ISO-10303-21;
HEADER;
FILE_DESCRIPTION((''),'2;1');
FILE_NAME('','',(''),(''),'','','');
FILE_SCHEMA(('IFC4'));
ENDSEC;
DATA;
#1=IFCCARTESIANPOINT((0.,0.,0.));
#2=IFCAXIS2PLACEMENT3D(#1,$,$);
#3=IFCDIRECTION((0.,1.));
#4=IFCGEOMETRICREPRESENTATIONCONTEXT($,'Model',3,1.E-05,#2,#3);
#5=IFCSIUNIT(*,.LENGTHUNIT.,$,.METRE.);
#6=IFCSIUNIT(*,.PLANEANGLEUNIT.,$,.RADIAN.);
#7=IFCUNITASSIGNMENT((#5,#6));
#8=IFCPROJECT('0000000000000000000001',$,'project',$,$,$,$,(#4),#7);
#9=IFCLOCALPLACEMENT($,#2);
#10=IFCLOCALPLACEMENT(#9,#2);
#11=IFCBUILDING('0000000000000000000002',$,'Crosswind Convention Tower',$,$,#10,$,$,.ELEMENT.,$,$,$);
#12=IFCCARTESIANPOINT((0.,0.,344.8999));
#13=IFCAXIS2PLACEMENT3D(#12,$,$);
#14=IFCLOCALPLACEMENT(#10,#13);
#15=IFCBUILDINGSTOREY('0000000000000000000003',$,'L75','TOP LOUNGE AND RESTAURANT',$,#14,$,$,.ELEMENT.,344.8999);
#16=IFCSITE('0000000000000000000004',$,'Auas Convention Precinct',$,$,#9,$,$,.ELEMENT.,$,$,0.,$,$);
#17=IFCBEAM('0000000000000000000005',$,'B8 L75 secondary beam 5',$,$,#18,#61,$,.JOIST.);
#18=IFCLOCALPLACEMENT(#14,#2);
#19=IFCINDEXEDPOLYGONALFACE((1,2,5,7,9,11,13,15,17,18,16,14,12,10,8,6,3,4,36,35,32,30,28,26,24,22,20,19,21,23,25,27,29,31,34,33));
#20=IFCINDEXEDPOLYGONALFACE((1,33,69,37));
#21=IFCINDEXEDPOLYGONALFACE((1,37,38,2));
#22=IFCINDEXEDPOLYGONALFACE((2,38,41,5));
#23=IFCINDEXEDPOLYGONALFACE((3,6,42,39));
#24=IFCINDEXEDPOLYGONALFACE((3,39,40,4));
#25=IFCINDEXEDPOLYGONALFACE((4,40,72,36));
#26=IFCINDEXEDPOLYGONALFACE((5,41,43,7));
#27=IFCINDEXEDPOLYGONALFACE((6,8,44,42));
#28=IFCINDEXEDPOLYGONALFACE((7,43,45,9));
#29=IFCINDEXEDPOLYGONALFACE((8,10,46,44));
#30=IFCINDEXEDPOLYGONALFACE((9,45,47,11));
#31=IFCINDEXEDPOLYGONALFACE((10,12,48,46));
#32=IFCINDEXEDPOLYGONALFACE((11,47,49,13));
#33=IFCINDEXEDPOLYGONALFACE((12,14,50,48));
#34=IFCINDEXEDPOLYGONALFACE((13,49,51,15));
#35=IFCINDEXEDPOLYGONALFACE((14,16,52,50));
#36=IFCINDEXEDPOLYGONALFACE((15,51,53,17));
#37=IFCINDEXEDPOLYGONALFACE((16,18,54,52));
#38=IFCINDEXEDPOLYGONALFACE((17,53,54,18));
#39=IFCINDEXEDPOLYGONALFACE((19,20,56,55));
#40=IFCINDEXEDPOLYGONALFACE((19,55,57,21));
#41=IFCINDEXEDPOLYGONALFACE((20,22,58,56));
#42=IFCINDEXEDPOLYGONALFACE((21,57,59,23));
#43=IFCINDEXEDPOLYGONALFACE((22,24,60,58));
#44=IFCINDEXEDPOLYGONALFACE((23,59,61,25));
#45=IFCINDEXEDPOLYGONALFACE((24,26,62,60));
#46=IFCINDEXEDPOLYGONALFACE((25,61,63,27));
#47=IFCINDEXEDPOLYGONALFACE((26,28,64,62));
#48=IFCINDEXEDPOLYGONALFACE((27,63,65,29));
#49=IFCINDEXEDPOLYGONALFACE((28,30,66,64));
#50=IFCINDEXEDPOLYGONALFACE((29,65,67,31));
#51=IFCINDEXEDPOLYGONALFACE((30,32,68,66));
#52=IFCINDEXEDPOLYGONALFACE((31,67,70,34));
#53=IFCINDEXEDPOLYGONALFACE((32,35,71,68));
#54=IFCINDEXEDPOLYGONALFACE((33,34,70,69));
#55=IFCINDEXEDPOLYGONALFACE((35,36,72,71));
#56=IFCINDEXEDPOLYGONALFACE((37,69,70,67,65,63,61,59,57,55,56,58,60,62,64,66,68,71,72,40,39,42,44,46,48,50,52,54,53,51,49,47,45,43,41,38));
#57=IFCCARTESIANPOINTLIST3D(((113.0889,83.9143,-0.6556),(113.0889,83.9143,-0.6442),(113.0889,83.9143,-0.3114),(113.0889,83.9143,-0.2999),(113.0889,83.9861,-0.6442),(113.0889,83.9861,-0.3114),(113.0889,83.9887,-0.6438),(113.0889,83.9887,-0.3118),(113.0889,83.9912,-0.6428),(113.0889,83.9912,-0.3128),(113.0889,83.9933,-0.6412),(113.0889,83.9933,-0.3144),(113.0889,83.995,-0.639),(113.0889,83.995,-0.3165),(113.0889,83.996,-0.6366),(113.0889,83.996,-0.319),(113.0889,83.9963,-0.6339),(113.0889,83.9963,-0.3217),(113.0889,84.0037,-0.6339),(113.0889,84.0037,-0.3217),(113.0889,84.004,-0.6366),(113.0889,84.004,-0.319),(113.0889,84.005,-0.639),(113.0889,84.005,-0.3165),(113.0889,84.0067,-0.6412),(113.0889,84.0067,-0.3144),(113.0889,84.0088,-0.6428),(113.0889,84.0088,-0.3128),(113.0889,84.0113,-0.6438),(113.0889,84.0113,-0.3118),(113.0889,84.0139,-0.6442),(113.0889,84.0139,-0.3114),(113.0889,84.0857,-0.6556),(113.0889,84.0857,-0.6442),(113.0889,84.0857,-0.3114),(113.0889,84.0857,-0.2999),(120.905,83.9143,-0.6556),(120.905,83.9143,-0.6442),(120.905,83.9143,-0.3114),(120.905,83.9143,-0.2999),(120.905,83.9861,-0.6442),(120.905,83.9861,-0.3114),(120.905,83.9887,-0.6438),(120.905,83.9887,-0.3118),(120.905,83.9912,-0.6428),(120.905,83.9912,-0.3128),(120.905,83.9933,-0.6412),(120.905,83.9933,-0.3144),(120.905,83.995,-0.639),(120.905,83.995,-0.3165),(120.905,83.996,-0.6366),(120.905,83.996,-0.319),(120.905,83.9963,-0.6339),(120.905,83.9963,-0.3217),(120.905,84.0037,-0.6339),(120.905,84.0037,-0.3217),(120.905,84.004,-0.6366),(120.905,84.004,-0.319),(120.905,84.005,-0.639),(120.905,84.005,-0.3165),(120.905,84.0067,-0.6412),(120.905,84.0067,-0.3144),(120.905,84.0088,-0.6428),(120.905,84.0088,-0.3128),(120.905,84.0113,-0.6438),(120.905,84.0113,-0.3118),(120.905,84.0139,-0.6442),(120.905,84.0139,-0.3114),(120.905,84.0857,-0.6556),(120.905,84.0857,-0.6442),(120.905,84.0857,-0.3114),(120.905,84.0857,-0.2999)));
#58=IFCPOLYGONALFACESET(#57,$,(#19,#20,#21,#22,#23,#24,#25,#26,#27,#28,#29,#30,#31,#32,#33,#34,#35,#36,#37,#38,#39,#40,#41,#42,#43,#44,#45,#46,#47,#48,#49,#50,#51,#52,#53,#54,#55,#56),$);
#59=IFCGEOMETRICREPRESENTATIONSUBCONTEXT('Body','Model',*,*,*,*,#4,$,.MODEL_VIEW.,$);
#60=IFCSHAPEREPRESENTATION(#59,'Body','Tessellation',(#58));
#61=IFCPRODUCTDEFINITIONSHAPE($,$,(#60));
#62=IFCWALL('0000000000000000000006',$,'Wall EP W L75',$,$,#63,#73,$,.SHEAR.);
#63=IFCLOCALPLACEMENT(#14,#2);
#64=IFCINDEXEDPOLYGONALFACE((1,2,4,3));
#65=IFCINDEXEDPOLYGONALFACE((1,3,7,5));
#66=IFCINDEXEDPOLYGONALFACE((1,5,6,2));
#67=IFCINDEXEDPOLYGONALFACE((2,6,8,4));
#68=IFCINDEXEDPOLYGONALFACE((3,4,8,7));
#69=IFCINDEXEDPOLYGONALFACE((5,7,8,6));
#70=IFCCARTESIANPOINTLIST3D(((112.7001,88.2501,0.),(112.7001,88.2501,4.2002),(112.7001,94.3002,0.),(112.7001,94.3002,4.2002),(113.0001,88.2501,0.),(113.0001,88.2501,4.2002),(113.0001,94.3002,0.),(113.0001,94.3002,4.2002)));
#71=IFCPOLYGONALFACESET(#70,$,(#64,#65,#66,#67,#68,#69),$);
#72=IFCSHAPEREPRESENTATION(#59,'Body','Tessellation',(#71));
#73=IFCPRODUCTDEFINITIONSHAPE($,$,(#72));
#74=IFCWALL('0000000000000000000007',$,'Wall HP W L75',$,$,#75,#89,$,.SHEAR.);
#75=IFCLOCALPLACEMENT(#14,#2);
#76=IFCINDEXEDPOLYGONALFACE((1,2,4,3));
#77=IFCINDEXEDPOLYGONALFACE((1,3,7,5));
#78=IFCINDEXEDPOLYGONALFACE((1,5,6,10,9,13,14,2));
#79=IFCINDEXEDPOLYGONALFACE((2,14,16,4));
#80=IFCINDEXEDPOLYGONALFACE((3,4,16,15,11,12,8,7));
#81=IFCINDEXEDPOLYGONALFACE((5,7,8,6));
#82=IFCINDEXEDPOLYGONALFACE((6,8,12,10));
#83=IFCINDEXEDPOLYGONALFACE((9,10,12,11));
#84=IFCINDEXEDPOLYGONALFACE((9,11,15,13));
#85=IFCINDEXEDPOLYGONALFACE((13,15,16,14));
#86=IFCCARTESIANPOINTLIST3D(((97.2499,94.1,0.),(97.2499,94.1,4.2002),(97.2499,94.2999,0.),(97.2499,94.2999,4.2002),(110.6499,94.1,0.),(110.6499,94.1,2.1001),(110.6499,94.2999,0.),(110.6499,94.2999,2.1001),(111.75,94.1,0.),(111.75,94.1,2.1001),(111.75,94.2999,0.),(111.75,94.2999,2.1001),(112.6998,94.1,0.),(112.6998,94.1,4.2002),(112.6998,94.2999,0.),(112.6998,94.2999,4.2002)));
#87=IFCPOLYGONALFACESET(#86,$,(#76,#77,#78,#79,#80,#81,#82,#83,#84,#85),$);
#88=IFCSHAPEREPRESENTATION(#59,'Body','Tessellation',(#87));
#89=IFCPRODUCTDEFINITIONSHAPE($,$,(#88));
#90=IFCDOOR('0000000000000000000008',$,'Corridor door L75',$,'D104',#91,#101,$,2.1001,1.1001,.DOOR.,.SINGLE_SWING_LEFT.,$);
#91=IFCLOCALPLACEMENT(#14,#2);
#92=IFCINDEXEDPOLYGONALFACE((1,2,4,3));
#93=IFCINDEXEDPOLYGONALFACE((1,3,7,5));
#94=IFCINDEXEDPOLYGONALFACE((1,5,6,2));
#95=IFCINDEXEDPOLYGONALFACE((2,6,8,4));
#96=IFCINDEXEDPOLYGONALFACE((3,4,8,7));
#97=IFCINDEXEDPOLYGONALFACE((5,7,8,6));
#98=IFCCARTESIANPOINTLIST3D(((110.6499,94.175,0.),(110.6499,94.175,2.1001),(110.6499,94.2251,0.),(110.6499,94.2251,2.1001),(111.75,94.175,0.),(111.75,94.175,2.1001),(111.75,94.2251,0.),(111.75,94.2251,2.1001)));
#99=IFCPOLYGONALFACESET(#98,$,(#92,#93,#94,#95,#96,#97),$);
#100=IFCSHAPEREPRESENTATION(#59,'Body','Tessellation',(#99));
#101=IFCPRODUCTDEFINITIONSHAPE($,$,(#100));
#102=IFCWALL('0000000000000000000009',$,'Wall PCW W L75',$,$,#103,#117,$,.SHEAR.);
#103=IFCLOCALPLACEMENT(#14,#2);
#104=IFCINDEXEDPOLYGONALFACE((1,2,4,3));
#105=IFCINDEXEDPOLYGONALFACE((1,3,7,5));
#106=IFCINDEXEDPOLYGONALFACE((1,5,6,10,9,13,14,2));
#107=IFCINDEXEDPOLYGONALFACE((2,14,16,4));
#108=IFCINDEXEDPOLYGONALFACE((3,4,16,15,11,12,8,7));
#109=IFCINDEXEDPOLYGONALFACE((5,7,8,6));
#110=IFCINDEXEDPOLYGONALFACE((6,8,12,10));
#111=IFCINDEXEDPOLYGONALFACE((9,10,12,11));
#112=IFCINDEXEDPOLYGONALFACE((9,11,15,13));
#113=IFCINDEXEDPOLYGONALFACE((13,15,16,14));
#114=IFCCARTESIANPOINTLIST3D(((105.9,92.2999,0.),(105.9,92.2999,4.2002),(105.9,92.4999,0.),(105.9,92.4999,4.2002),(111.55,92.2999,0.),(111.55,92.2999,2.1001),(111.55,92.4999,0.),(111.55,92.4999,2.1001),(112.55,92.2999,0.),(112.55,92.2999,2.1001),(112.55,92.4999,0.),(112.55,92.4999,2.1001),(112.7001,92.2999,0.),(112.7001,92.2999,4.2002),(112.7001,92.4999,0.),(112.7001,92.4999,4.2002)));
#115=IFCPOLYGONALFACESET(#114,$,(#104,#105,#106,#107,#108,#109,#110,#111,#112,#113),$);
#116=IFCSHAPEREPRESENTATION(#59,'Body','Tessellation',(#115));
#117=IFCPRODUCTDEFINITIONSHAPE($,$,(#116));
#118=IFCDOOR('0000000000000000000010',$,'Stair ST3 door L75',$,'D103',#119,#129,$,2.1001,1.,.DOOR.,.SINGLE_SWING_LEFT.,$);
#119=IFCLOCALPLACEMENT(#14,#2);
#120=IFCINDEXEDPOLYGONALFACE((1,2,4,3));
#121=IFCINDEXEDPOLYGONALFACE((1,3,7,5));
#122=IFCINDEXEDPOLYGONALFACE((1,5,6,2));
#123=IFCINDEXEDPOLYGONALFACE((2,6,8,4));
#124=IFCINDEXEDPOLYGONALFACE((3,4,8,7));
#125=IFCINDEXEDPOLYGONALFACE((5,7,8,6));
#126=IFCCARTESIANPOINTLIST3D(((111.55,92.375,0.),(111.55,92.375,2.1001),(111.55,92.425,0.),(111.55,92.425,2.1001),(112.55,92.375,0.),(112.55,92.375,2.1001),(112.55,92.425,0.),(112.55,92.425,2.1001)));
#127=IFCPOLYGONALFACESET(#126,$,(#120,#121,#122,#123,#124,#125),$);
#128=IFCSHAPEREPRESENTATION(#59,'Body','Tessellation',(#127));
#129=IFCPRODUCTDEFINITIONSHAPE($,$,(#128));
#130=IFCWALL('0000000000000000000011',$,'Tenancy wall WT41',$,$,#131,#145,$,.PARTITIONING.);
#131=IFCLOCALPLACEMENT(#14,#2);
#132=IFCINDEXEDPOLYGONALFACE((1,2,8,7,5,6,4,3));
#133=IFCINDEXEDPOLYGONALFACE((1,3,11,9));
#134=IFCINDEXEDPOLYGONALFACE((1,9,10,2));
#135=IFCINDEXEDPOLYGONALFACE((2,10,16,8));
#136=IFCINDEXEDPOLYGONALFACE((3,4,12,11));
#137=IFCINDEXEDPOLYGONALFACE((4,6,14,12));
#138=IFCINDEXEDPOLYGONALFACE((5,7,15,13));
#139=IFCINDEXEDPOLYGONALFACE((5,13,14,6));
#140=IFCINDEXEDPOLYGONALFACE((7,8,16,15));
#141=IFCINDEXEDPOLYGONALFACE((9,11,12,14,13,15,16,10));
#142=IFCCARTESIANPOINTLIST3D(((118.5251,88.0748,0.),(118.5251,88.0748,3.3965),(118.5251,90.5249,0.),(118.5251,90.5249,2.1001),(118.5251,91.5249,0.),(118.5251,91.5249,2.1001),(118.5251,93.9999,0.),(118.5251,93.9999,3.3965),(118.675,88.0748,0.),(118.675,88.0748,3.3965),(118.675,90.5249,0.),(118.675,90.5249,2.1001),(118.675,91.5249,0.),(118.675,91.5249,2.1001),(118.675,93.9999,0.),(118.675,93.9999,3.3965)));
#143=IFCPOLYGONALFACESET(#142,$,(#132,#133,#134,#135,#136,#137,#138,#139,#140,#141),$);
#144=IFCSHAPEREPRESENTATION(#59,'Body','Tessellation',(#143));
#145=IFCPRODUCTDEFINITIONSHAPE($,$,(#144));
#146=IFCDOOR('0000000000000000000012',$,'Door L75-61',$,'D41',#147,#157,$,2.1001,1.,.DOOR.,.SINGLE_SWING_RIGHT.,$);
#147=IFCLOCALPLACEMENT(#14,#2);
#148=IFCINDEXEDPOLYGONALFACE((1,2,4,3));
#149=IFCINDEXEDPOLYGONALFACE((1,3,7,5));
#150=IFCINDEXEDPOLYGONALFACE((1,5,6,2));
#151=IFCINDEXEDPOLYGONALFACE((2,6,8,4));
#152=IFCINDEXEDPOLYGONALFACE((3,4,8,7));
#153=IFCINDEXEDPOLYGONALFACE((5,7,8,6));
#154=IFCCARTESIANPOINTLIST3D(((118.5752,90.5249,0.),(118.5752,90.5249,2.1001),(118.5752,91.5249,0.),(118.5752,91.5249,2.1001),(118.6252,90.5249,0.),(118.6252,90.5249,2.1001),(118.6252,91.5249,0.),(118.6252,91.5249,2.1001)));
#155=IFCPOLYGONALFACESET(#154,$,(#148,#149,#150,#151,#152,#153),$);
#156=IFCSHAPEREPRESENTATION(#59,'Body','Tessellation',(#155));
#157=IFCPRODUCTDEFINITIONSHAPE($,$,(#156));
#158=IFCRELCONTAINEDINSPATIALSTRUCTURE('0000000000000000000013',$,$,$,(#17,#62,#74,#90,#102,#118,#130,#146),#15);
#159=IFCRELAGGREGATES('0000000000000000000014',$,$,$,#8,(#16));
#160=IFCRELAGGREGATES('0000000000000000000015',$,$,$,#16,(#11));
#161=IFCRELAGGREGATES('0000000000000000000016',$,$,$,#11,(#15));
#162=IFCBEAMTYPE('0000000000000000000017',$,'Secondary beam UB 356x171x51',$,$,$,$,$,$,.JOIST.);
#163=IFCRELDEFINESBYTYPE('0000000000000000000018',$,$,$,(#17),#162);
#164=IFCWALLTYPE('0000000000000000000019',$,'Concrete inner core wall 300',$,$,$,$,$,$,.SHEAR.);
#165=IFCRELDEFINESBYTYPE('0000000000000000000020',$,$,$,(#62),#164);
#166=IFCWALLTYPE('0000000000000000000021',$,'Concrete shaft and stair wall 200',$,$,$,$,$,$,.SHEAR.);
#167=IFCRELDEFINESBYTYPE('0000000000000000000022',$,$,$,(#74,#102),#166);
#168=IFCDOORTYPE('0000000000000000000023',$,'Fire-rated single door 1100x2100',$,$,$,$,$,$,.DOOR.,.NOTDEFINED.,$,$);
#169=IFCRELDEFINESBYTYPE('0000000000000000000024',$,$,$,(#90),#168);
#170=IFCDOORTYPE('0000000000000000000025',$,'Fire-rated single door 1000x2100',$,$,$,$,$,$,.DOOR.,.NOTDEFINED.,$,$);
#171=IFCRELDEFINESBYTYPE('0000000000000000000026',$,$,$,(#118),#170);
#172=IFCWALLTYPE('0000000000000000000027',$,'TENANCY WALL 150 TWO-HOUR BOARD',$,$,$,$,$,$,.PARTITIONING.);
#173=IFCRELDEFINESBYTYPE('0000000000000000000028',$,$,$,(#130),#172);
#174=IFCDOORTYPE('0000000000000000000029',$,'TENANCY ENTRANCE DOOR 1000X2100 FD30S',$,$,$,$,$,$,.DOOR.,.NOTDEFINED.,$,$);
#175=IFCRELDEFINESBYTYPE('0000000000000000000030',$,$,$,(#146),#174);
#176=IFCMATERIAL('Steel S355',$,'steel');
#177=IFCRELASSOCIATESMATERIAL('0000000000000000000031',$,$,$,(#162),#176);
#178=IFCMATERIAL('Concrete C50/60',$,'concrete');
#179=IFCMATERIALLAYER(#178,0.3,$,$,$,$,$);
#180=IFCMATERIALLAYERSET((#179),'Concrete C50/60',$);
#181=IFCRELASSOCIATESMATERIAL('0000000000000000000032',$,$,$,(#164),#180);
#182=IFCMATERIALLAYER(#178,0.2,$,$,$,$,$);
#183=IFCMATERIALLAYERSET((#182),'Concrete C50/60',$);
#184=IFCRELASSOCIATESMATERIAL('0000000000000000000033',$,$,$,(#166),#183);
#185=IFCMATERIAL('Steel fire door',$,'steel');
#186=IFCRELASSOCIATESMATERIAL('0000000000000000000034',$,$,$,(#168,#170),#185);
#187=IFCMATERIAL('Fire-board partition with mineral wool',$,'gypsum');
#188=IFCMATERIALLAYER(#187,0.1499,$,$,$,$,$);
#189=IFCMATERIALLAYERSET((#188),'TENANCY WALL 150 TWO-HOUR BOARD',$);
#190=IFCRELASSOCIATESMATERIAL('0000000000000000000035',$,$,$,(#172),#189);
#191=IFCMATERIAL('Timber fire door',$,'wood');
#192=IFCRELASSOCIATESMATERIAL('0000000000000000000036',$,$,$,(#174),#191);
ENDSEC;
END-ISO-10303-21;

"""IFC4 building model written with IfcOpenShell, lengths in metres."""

from ifc_helpers import new_model, si_unit, direction, frame, frame_2d, origin, origin_2d, place, context, subcontext, project, spatial, rectangle, i_section, extrude, material, layer, layer_set, material_profile, profile_set, type_object, element, fill, save


model = new_model("IFC4")

# Units and contexts
model_context = context("Model", 3, precision=1e-05, world=origin(), true_north=direction((0.0, 1.0)))
body_context = subcontext(model_context, "Body", "Model", "MODEL_VIEW")
ifc_project = project(units=[si_unit("LENGTHUNIT", "METRE"), si_unit("PLANEANGLEUNIT", "RADIAN")], contexts=[model_context])

# Site, building, storey
site_placement = place(None, origin())
site = spatial("IfcSite", under=ifc_project, at=site_placement, Name="Auas Convention Precinct", CompositionType="ELEMENT", RefElevation=0.0)
building_placement = place(site_placement, origin())
building = spatial("IfcBuilding", under=site, at=building_placement, Name="Crosswind Convention Tower", CompositionType="ELEMENT")
storey_placement = place(building_placement, frame((0.0, 0.0, 344.8999)))
storey = spatial("IfcBuildingStorey", under=building, at=storey_placement, Name="L75", Description="TOP LOUNGE AND RESTAURANT", CompositionType="ELEMENT", Elevation=344.8999)

# Beam
ifc_material_1 = material(Name="Steel S355", Category="steel")
ifc_material_profile_1 = material_profile(ifc_material_1, i_section(OverallWidth=0.1714, OverallDepth=0.3557, WebThickness=0.0073, FlangeThickness=0.0115, FilletRadius=0.0103, at=origin_2d()), Name="UB 356x171x51")
ifc_profile_set_1 = profile_set([ifc_material_profile_1], Name="Steel S355")
beam_type_1 = type_object("IfcBeamType", Name="Secondary beam UB 356x171x51", PredefinedType="JOIST", material=ifc_profile_set_1)
beam_1_placement = place(storey_placement, frame((113.0889, 84.0, -0.4778), z_axis=(1.0, 0.0, 0.0), x_axis=(0.0, 1.0, 0.0)))
element("IfcBeam", 1, at=beam_1_placement, inside=storey, type_object=beam_type_1, Name="B8 L75 secondary beam 5", PredefinedType="JOIST", context=body_context, shape_type="SweptSolid", body=[
    extrude(i_section(OverallWidth=0.1714, OverallDepth=0.3557, WebThickness=0.0073, FlangeThickness=0.0115, FilletRadius=0.0103, at=origin_2d()), origin(), (0.0, 0.0, 1.0), 7.8162),
])

# Wall
ifc_material_2 = material(Name="Concrete C50/60", Category="concrete")
ifc_layer_1 = layer(ifc_material_2, 0.3)
ifc_layer_set_1 = layer_set([ifc_layer_1], Name="Concrete C50/60")
wall_type_1 = type_object("IfcWallType", Name="Concrete inner core wall 300", PredefinedType="SHEAR", material=ifc_layer_set_1)
wall_1_placement = place(storey_placement, frame((112.8501, 94.3, 0.0), z_axis=(0.0, 0.0, 1.0), x_axis=(0.0, -1.0, 0.0)))
element("IfcWall", 2, at=wall_1_placement, inside=storey, type_object=wall_type_1, Name="Wall EP W L75", PredefinedType="SHEAR", context=body_context, shape_type="SweptSolid", body=[
    extrude(rectangle(XDim=6.05, YDim=0.3, at=frame_2d((3.0249, 0.0))), origin(), (0.0, 0.0, 1.0), 4.2002),
])

# Walls, openings, doors
ifc_layer_2 = layer(ifc_material_2, 0.2)
ifc_layer_set_2 = layer_set([ifc_layer_2], Name="Concrete C50/60")
wall_type_2 = type_object("IfcWallType", Name="Concrete shaft and stair wall 200", PredefinedType="SHEAR", material=ifc_layer_set_2)
wall_2_placement = place(storey_placement, frame((112.7, 94.2, 0.0), z_axis=(0.0, 0.0, 1.0), x_axis=(-1.0, 0.0, 0.0)))
wall_2 = element("IfcWall", 3, at=wall_2_placement, inside=storey, type_object=wall_type_2, Name="Wall HP W L75", PredefinedType="SHEAR", context=body_context, shape_type="SweptSolid", body=[
    extrude(rectangle(XDim=15.45, YDim=0.2, at=frame_2d((7.7251, 0.0))), origin(), (0.0, 0.0, 1.0), 4.2002),
])
opening_1_placement = place(wall_2_placement, frame((0.95, 0.0, 0.0)))
opening_1 = element("IfcOpeningElement", 4, at=opening_1_placement, cuts=wall_2, PredefinedType="OPENING", context=body_context, shape_type="SweptSolid", body=[
    extrude(rectangle(XDim=1.1001, YDim=2.1001, at=frame_2d((0.55, 1.05))), frame((0.0, 0.1099, 0.0), z_axis=(0.0, -1.0, 0.0), x_axis=(1.0, 0.0, 0.0)), (0.0, 0.0, 1.0), 0.22),
])
ifc_material_3 = material(Name="Steel fire door", Category="steel")
door_type_1 = type_object("IfcDoorType", Name="Fire-rated single door 1100x2100", OperationType="NOTDEFINED", PredefinedType="DOOR", material=ifc_material_3)
door_1_placement = place(opening_1_placement, origin())
door_1 = element("IfcDoor", 5, at=door_1_placement, inside=storey, type_object=door_type_1, Name="Corridor door L75", ObjectType="D104", OperationType="SINGLE_SWING_LEFT", OverallHeight=2.1001, OverallWidth=1.1001, PredefinedType="DOOR", context=body_context, shape_type="SweptSolid", body=[
    extrude(rectangle(XDim=1.1001, YDim=2.1001, at=frame_2d((0.55, 1.05))), frame((0.0, 0.0249, 0.0), z_axis=(0.0, -1.0, 0.0), x_axis=(1.0, 0.0, 0.0)), (0.0, 0.0, 1.0), 0.05),
])
fill(opening_1, door_1)
wall_3_placement = place(storey_placement, frame((112.7, 92.3999, 0.0), z_axis=(0.0, 0.0, 1.0), x_axis=(-1.0, 0.0, 0.0)))
wall_3 = element("IfcWall", 6, at=wall_3_placement, inside=storey, type_object=wall_type_2, Name="Wall PCW W L75", PredefinedType="SHEAR", context=body_context, shape_type="SweptSolid", body=[
    extrude(rectangle(XDim=6.8, YDim=0.2, at=frame_2d((3.3999, 0.0))), origin(), (0.0, 0.0, 1.0), 4.2002),
])
opening_2_placement = place(wall_3_placement, frame((0.1499, 0.0, 0.0)))
opening_2 = element("IfcOpeningElement", 7, at=opening_2_placement, cuts=wall_3, PredefinedType="OPENING", context=body_context, shape_type="SweptSolid", body=[
    extrude(rectangle(XDim=1.0, YDim=2.1001, at=frame_2d((0.5, 1.05))), frame((0.0, 0.1099, 0.0), z_axis=(0.0, -1.0, 0.0), x_axis=(1.0, 0.0, 0.0)), (0.0, 0.0, 1.0), 0.22),
])
door_type_2 = type_object("IfcDoorType", Name="Fire-rated single door 1000x2100", OperationType="NOTDEFINED", PredefinedType="DOOR", material=ifc_material_3)
door_2_placement = place(opening_2_placement, origin())
door_2 = element("IfcDoor", 8, at=door_2_placement, inside=storey, type_object=door_type_2, Name="Stair ST3 door L75", ObjectType="D103", OperationType="SINGLE_SWING_LEFT", OverallHeight=2.1001, OverallWidth=1.0, PredefinedType="DOOR", context=body_context, shape_type="SweptSolid", body=[
    extrude(rectangle(XDim=1.0, YDim=2.1001, at=frame_2d((0.5, 1.05))), frame((0.0, 0.0249, 0.0), z_axis=(0.0, -1.0, 0.0), x_axis=(1.0, 0.0, 0.0)), (0.0, 0.0, 1.0), 0.05),
])
fill(opening_2, door_2)
ifc_material_4 = material(Name="Fire-board partition with mineral wool", Category="gypsum")
ifc_layer_3 = layer(ifc_material_4, 0.1499)
ifc_layer_set_3 = layer_set([ifc_layer_3], Name="TENANCY WALL 150 TWO-HOUR BOARD")
wall_type_3 = type_object("IfcWallType", Name="TENANCY WALL 150 TWO-HOUR BOARD", PredefinedType="PARTITIONING", material=ifc_layer_set_3)
wall_4_placement = place(storey_placement, frame((118.6001, 88.075, 0.0), z_axis=(0.0, 0.0, 1.0), x_axis=(0.0, 1.0, 0.0)))
wall_4 = element("IfcWall", 9, at=wall_4_placement, inside=storey, type_object=wall_type_3, Name="Tenancy wall WT41", PredefinedType="PARTITIONING", context=body_context, shape_type="SweptSolid", body=[
    extrude(rectangle(XDim=5.925, YDim=0.1499, at=frame_2d((2.9624, 0.0))), origin(), (0.0, 0.0, 1.0), 3.3965),
])
opening_3_placement = place(wall_4_placement, frame((2.45, 0.0, 0.0)))
opening_3 = element("IfcOpeningElement", 10, at=opening_3_placement, cuts=wall_4, PredefinedType="OPENING", context=body_context, shape_type="SweptSolid", body=[
    extrude(rectangle(XDim=1.0, YDim=2.1001, at=frame_2d((0.5, 1.05))), frame((0.0, 0.085, 0.0), z_axis=(0.0, -1.0, 0.0), x_axis=(1.0, 0.0, 0.0)), (0.0, 0.0, 1.0), 0.1699),
])
ifc_material_5 = material(Name="Timber fire door", Category="wood")
door_type_3 = type_object("IfcDoorType", Name="TENANCY ENTRANCE DOOR 1000X2100 FD30S", OperationType="NOTDEFINED", PredefinedType="DOOR", material=ifc_material_5)
door_3_placement = place(opening_3_placement, origin())
door_3 = element("IfcDoor", 11, at=door_3_placement, inside=storey, type_object=door_type_3, Name="Door L75-61", ObjectType="D41", OperationType="SINGLE_SWING_RIGHT", OverallHeight=2.1001, OverallWidth=1.0, PredefinedType="DOOR", context=body_context, shape_type="SweptSolid", body=[
    extrude(rectangle(XDim=1.0, YDim=2.1001, at=frame_2d((0.5, 1.05))), frame((0.0, 0.0249, 0.0), z_axis=(0.0, -1.0, 0.0), x_axis=(1.0, 0.0, 0.0)), (0.0, 0.0, 1.0), 0.05),
])
fill(opening_3, door_3)

save(model, "model.ifc")
